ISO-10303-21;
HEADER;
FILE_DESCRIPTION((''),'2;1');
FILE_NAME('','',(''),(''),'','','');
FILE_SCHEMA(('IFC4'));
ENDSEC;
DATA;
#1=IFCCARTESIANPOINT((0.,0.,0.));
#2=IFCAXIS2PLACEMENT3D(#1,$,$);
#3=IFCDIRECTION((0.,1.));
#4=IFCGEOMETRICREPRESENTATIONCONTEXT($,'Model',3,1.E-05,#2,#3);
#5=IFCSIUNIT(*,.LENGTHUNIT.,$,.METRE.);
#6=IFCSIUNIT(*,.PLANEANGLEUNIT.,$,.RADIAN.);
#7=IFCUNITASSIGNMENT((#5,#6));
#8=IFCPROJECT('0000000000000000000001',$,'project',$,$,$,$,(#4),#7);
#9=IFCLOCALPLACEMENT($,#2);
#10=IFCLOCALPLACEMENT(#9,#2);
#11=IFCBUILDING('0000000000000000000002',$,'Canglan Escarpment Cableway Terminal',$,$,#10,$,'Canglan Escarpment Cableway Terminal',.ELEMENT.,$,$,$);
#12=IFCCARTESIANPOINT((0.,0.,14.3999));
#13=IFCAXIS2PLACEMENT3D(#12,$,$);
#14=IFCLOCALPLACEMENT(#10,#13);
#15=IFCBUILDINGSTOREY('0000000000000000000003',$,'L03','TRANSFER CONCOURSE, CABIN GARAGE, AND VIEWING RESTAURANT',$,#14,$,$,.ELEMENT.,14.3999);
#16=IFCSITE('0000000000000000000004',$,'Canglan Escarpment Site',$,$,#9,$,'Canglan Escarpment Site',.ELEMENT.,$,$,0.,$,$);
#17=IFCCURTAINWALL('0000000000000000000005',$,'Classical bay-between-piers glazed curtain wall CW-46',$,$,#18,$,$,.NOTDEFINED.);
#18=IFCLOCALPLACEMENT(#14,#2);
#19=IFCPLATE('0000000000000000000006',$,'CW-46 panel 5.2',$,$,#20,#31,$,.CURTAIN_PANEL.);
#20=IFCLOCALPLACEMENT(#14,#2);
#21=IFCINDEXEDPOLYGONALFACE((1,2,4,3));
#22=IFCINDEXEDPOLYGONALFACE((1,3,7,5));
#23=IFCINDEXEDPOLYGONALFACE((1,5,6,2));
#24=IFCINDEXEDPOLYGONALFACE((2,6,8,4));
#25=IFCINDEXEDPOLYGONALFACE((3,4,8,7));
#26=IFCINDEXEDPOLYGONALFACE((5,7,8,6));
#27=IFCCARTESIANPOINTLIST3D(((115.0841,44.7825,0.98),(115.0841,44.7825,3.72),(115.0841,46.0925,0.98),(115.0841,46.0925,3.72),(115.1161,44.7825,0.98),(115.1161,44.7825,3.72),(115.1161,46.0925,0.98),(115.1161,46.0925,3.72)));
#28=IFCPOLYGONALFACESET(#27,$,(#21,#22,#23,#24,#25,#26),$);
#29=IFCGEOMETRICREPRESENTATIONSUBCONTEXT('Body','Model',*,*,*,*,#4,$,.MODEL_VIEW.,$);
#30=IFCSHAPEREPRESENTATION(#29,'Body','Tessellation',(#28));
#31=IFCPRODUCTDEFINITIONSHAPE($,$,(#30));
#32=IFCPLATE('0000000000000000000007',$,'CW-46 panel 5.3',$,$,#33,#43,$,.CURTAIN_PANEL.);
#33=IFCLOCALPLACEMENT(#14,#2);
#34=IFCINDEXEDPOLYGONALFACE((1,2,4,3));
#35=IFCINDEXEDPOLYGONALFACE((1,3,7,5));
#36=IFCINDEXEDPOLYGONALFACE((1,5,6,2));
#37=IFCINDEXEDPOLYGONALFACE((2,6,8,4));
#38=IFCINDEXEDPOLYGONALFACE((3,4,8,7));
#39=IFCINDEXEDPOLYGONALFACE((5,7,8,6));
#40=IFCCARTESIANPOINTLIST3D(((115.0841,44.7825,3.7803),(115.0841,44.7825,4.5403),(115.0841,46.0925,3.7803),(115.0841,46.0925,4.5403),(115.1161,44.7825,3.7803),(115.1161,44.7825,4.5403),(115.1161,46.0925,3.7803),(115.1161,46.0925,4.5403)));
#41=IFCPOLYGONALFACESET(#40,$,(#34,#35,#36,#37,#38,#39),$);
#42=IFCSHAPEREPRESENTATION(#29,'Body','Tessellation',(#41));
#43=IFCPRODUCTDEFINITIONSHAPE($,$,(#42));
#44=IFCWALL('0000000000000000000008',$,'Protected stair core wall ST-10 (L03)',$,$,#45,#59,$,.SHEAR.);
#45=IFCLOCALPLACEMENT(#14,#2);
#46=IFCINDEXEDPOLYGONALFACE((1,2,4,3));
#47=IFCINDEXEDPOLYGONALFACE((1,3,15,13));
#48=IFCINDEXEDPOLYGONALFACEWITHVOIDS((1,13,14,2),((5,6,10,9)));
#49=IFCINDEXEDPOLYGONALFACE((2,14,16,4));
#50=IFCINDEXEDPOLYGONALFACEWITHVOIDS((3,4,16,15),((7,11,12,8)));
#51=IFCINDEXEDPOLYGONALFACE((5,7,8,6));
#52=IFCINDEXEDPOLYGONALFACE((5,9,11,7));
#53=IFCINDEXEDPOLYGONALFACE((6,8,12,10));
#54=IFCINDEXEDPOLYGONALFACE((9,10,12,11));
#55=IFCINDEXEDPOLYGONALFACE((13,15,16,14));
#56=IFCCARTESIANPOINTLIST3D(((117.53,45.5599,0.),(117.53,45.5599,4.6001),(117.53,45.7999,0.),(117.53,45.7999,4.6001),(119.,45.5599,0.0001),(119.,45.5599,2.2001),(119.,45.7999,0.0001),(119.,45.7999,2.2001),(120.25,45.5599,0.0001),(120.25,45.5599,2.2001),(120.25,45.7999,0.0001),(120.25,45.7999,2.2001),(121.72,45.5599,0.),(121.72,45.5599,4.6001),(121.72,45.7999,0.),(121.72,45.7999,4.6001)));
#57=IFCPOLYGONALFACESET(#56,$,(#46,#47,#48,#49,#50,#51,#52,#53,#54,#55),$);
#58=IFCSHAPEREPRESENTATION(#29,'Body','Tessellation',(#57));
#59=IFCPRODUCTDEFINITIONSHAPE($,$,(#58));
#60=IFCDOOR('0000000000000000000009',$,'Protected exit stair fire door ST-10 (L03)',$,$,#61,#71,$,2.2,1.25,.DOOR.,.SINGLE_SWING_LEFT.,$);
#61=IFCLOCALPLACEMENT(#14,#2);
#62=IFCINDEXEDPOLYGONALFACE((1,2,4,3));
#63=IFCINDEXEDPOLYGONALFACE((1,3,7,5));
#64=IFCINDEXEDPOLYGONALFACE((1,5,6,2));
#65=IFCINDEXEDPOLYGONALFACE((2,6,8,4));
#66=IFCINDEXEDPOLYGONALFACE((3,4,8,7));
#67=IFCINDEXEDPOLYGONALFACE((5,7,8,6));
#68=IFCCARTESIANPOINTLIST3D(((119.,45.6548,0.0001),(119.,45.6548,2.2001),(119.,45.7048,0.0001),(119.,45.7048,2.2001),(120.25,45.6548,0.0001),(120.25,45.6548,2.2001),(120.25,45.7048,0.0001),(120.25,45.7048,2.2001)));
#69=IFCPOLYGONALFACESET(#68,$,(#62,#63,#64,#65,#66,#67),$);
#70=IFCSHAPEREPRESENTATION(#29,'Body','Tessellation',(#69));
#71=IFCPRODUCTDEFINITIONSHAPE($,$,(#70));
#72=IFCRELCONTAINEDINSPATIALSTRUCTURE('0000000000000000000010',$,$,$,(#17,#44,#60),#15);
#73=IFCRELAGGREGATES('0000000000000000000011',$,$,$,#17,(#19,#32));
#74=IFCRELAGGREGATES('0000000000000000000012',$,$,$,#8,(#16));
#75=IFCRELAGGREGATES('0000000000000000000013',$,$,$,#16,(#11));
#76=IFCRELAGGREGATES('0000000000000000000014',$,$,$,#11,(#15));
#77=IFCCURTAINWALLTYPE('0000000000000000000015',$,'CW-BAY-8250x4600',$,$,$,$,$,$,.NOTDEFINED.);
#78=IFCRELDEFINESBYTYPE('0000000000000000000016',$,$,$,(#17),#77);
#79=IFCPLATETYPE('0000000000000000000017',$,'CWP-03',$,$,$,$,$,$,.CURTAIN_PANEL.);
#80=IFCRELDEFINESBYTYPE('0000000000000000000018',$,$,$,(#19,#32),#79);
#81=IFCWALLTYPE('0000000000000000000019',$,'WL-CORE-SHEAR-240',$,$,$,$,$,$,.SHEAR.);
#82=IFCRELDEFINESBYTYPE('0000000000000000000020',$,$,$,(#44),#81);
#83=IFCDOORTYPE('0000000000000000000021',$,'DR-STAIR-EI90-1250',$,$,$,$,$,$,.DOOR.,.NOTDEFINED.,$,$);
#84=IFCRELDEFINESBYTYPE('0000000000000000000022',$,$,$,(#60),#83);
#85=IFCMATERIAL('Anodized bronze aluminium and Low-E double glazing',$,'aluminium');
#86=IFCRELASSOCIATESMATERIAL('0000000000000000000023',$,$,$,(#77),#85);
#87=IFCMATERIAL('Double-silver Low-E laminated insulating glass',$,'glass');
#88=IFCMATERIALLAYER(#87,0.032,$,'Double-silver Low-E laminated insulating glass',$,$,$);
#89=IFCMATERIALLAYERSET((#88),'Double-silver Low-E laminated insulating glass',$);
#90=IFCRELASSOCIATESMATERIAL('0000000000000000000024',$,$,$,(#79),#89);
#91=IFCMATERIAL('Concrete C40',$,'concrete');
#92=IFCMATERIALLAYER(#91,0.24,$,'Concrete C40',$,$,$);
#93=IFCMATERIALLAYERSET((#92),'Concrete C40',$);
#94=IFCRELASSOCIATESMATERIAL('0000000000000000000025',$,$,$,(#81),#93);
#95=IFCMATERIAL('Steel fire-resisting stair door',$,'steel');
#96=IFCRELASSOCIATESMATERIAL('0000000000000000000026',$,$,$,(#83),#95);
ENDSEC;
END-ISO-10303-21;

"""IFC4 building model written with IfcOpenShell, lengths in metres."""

from ifc_helpers import new_model, si_unit, direction, frame, frame_2d, origin, origin_2d, place, context, subcontext, project, spatial, rectangle, extrude, material, layer, layer_set, type_object, element, fill, aggregate, save


model = new_model("IFC4")

# Units and contexts
model_context = context("Model", 3, precision=1e-05, world=origin(), true_north=direction((0.0, 1.0)))
body_context = subcontext(model_context, "Body", "Model", "MODEL_VIEW")
ifc_project = project(units=[si_unit("LENGTHUNIT", "METRE"), si_unit("PLANEANGLEUNIT", "RADIAN")], contexts=[model_context])

# Site, building, storey
site_placement = place(None, origin())
site = spatial("IfcSite", under=ifc_project, at=site_placement, Name="Canglan Escarpment Site", LongName="Canglan Escarpment Site", CompositionType="ELEMENT", RefElevation=0.0)
building_placement = place(site_placement, origin())
building = spatial("IfcBuilding", under=site, at=building_placement, Name="Canglan Escarpment Cableway Terminal", LongName="Canglan Escarpment Cableway Terminal", CompositionType="ELEMENT")
storey_placement = place(building_placement, frame((0.0, 0.0, 14.3999)))
storey = spatial("IfcBuildingStorey", under=building, at=storey_placement, Name="L03", Description="TRANSFER CONCOURSE, CABIN GARAGE, AND VIEWING RESTAURANT", CompositionType="ELEMENT", Elevation=14.3999)

# Curtain wall, plates
ifc_material_1 = material(Name="Anodized bronze aluminium and Low-E double glazing", Category="aluminium")
curtain_wall_type = type_object("IfcCurtainWallType", Name="CW-BAY-8250x4600", PredefinedType="NOTDEFINED", material=ifc_material_1)
curtain_wall_placement = place(storey_placement, origin())
curtain_wall = element("IfcCurtainWall", 1, at=curtain_wall_placement, inside=storey, type_object=curtain_wall_type, Name="Classical bay-between-piers glazed curtain wall CW-46", PredefinedType="NOTDEFINED")
ifc_material_2 = material(Name="Double-silver Low-E laminated insulating glass", Category="glass")
ifc_layer_1 = layer(ifc_material_2, 0.032, Name="Double-silver Low-E laminated insulating glass")
ifc_layer_set_1 = layer_set([ifc_layer_1], Name="Double-silver Low-E laminated insulating glass")
plate_type = type_object("IfcPlateType", Name="CWP-03", PredefinedType="CURTAIN_PANEL", material=ifc_layer_set_1)
plate_1_placement = place(storey_placement, frame((115.1001, 45.4375, 0.98), z_axis=(0.0, 0.0, 1.0), x_axis=(0.0, -1.0, 0.0)))
plate_1 = element("IfcPlate", 2, at=plate_1_placement, type_object=plate_type, Name="CW-46 panel 5.2", PredefinedType="CURTAIN_PANEL", context=body_context, shape_type="SweptSolid", body=[
    extrude(rectangle(XDim=1.3101, YDim=0.032, at=origin_2d()), origin(), (0.0, 0.0, 1.0), 2.74),
])
plate_2_placement = place(storey_placement, frame((115.1001, 45.4375, 3.7803), z_axis=(0.0, 0.0, 1.0), x_axis=(0.0, -1.0, 0.0)))
plate_2 = element("IfcPlate", 3, at=plate_2_placement, type_object=plate_type, Name="CW-46 panel 5.3", PredefinedType="CURTAIN_PANEL", context=body_context, shape_type="SweptSolid", body=[
    extrude(rectangle(XDim=1.3101, YDim=0.032, at=origin_2d()), origin(), (0.0, 0.0, 1.0), 0.76),
])
aggregate(curtain_wall, [plate_1, plate_2])

# Wall, opening, door
ifc_material_3 = material(Name="Concrete C40", Category="concrete")
ifc_layer_2 = layer(ifc_material_3, 0.24, Name="Concrete C40")
ifc_layer_set_2 = layer_set([ifc_layer_2], Name="Concrete C40")
wall_type = type_object("IfcWallType", Name="WL-CORE-SHEAR-240", PredefinedType="SHEAR", material=ifc_layer_set_2)
wall_placement = place(storey_placement, frame((117.53, 45.6799, 0.0), z_axis=(0.0, 0.0, 1.0), x_axis=(1.0, 0.0, 0.0)))
wall = element("IfcWall", 4, at=wall_placement, inside=storey, type_object=wall_type, Name="Protected stair core wall ST-10 (L03)", PredefinedType="SHEAR", context=body_context, shape_type="SweptSolid", body=[
    extrude(rectangle(XDim=4.1899, YDim=0.24, at=frame_2d((2.095, 0.0))), origin(), (0.0, 0.0, 1.0), 4.6001),
])
opening_placement = place(wall_placement, frame((1.47, 0.0, 0.0)))
opening = element("IfcOpeningElement", 5, at=opening_placement, cuts=wall, PredefinedType="OPENING", context=body_context, shape_type="SweptSolid", body=[
    extrude(rectangle(XDim=1.25, YDim=2.2, at=frame_2d((0.625, 1.1001))), frame((0.0, 0.1299, 0.0), z_axis=(0.0, -1.0, 0.0), x_axis=(1.0, 0.0, 0.0)), (0.0, 0.0, 1.0), 0.26),
])
ifc_material_4 = material(Name="Steel fire-resisting stair door", Category="steel")
door_type = type_object("IfcDoorType", Name="DR-STAIR-EI90-1250", OperationType="NOTDEFINED", PredefinedType="DOOR", material=ifc_material_4)
door_placement = place(opening_placement, origin())
door = element("IfcDoor", 6, at=door_placement, inside=storey, type_object=door_type, Name="Protected exit stair fire door ST-10 (L03)", OperationType="SINGLE_SWING_LEFT", OverallHeight=2.2, OverallWidth=1.25, PredefinedType="DOOR", context=body_context, shape_type="SweptSolid", body=[
    extrude(rectangle(XDim=1.25, YDim=2.2, at=frame_2d((0.625, 1.1001))), frame((0.0, 0.0249, 0.0), z_axis=(0.0, -1.0, 0.0), x_axis=(1.0, 0.0, 0.0)), (0.0, 0.0, 1.0), 0.05),
])
fill(opening, door)

save(model, "model.ifc")
